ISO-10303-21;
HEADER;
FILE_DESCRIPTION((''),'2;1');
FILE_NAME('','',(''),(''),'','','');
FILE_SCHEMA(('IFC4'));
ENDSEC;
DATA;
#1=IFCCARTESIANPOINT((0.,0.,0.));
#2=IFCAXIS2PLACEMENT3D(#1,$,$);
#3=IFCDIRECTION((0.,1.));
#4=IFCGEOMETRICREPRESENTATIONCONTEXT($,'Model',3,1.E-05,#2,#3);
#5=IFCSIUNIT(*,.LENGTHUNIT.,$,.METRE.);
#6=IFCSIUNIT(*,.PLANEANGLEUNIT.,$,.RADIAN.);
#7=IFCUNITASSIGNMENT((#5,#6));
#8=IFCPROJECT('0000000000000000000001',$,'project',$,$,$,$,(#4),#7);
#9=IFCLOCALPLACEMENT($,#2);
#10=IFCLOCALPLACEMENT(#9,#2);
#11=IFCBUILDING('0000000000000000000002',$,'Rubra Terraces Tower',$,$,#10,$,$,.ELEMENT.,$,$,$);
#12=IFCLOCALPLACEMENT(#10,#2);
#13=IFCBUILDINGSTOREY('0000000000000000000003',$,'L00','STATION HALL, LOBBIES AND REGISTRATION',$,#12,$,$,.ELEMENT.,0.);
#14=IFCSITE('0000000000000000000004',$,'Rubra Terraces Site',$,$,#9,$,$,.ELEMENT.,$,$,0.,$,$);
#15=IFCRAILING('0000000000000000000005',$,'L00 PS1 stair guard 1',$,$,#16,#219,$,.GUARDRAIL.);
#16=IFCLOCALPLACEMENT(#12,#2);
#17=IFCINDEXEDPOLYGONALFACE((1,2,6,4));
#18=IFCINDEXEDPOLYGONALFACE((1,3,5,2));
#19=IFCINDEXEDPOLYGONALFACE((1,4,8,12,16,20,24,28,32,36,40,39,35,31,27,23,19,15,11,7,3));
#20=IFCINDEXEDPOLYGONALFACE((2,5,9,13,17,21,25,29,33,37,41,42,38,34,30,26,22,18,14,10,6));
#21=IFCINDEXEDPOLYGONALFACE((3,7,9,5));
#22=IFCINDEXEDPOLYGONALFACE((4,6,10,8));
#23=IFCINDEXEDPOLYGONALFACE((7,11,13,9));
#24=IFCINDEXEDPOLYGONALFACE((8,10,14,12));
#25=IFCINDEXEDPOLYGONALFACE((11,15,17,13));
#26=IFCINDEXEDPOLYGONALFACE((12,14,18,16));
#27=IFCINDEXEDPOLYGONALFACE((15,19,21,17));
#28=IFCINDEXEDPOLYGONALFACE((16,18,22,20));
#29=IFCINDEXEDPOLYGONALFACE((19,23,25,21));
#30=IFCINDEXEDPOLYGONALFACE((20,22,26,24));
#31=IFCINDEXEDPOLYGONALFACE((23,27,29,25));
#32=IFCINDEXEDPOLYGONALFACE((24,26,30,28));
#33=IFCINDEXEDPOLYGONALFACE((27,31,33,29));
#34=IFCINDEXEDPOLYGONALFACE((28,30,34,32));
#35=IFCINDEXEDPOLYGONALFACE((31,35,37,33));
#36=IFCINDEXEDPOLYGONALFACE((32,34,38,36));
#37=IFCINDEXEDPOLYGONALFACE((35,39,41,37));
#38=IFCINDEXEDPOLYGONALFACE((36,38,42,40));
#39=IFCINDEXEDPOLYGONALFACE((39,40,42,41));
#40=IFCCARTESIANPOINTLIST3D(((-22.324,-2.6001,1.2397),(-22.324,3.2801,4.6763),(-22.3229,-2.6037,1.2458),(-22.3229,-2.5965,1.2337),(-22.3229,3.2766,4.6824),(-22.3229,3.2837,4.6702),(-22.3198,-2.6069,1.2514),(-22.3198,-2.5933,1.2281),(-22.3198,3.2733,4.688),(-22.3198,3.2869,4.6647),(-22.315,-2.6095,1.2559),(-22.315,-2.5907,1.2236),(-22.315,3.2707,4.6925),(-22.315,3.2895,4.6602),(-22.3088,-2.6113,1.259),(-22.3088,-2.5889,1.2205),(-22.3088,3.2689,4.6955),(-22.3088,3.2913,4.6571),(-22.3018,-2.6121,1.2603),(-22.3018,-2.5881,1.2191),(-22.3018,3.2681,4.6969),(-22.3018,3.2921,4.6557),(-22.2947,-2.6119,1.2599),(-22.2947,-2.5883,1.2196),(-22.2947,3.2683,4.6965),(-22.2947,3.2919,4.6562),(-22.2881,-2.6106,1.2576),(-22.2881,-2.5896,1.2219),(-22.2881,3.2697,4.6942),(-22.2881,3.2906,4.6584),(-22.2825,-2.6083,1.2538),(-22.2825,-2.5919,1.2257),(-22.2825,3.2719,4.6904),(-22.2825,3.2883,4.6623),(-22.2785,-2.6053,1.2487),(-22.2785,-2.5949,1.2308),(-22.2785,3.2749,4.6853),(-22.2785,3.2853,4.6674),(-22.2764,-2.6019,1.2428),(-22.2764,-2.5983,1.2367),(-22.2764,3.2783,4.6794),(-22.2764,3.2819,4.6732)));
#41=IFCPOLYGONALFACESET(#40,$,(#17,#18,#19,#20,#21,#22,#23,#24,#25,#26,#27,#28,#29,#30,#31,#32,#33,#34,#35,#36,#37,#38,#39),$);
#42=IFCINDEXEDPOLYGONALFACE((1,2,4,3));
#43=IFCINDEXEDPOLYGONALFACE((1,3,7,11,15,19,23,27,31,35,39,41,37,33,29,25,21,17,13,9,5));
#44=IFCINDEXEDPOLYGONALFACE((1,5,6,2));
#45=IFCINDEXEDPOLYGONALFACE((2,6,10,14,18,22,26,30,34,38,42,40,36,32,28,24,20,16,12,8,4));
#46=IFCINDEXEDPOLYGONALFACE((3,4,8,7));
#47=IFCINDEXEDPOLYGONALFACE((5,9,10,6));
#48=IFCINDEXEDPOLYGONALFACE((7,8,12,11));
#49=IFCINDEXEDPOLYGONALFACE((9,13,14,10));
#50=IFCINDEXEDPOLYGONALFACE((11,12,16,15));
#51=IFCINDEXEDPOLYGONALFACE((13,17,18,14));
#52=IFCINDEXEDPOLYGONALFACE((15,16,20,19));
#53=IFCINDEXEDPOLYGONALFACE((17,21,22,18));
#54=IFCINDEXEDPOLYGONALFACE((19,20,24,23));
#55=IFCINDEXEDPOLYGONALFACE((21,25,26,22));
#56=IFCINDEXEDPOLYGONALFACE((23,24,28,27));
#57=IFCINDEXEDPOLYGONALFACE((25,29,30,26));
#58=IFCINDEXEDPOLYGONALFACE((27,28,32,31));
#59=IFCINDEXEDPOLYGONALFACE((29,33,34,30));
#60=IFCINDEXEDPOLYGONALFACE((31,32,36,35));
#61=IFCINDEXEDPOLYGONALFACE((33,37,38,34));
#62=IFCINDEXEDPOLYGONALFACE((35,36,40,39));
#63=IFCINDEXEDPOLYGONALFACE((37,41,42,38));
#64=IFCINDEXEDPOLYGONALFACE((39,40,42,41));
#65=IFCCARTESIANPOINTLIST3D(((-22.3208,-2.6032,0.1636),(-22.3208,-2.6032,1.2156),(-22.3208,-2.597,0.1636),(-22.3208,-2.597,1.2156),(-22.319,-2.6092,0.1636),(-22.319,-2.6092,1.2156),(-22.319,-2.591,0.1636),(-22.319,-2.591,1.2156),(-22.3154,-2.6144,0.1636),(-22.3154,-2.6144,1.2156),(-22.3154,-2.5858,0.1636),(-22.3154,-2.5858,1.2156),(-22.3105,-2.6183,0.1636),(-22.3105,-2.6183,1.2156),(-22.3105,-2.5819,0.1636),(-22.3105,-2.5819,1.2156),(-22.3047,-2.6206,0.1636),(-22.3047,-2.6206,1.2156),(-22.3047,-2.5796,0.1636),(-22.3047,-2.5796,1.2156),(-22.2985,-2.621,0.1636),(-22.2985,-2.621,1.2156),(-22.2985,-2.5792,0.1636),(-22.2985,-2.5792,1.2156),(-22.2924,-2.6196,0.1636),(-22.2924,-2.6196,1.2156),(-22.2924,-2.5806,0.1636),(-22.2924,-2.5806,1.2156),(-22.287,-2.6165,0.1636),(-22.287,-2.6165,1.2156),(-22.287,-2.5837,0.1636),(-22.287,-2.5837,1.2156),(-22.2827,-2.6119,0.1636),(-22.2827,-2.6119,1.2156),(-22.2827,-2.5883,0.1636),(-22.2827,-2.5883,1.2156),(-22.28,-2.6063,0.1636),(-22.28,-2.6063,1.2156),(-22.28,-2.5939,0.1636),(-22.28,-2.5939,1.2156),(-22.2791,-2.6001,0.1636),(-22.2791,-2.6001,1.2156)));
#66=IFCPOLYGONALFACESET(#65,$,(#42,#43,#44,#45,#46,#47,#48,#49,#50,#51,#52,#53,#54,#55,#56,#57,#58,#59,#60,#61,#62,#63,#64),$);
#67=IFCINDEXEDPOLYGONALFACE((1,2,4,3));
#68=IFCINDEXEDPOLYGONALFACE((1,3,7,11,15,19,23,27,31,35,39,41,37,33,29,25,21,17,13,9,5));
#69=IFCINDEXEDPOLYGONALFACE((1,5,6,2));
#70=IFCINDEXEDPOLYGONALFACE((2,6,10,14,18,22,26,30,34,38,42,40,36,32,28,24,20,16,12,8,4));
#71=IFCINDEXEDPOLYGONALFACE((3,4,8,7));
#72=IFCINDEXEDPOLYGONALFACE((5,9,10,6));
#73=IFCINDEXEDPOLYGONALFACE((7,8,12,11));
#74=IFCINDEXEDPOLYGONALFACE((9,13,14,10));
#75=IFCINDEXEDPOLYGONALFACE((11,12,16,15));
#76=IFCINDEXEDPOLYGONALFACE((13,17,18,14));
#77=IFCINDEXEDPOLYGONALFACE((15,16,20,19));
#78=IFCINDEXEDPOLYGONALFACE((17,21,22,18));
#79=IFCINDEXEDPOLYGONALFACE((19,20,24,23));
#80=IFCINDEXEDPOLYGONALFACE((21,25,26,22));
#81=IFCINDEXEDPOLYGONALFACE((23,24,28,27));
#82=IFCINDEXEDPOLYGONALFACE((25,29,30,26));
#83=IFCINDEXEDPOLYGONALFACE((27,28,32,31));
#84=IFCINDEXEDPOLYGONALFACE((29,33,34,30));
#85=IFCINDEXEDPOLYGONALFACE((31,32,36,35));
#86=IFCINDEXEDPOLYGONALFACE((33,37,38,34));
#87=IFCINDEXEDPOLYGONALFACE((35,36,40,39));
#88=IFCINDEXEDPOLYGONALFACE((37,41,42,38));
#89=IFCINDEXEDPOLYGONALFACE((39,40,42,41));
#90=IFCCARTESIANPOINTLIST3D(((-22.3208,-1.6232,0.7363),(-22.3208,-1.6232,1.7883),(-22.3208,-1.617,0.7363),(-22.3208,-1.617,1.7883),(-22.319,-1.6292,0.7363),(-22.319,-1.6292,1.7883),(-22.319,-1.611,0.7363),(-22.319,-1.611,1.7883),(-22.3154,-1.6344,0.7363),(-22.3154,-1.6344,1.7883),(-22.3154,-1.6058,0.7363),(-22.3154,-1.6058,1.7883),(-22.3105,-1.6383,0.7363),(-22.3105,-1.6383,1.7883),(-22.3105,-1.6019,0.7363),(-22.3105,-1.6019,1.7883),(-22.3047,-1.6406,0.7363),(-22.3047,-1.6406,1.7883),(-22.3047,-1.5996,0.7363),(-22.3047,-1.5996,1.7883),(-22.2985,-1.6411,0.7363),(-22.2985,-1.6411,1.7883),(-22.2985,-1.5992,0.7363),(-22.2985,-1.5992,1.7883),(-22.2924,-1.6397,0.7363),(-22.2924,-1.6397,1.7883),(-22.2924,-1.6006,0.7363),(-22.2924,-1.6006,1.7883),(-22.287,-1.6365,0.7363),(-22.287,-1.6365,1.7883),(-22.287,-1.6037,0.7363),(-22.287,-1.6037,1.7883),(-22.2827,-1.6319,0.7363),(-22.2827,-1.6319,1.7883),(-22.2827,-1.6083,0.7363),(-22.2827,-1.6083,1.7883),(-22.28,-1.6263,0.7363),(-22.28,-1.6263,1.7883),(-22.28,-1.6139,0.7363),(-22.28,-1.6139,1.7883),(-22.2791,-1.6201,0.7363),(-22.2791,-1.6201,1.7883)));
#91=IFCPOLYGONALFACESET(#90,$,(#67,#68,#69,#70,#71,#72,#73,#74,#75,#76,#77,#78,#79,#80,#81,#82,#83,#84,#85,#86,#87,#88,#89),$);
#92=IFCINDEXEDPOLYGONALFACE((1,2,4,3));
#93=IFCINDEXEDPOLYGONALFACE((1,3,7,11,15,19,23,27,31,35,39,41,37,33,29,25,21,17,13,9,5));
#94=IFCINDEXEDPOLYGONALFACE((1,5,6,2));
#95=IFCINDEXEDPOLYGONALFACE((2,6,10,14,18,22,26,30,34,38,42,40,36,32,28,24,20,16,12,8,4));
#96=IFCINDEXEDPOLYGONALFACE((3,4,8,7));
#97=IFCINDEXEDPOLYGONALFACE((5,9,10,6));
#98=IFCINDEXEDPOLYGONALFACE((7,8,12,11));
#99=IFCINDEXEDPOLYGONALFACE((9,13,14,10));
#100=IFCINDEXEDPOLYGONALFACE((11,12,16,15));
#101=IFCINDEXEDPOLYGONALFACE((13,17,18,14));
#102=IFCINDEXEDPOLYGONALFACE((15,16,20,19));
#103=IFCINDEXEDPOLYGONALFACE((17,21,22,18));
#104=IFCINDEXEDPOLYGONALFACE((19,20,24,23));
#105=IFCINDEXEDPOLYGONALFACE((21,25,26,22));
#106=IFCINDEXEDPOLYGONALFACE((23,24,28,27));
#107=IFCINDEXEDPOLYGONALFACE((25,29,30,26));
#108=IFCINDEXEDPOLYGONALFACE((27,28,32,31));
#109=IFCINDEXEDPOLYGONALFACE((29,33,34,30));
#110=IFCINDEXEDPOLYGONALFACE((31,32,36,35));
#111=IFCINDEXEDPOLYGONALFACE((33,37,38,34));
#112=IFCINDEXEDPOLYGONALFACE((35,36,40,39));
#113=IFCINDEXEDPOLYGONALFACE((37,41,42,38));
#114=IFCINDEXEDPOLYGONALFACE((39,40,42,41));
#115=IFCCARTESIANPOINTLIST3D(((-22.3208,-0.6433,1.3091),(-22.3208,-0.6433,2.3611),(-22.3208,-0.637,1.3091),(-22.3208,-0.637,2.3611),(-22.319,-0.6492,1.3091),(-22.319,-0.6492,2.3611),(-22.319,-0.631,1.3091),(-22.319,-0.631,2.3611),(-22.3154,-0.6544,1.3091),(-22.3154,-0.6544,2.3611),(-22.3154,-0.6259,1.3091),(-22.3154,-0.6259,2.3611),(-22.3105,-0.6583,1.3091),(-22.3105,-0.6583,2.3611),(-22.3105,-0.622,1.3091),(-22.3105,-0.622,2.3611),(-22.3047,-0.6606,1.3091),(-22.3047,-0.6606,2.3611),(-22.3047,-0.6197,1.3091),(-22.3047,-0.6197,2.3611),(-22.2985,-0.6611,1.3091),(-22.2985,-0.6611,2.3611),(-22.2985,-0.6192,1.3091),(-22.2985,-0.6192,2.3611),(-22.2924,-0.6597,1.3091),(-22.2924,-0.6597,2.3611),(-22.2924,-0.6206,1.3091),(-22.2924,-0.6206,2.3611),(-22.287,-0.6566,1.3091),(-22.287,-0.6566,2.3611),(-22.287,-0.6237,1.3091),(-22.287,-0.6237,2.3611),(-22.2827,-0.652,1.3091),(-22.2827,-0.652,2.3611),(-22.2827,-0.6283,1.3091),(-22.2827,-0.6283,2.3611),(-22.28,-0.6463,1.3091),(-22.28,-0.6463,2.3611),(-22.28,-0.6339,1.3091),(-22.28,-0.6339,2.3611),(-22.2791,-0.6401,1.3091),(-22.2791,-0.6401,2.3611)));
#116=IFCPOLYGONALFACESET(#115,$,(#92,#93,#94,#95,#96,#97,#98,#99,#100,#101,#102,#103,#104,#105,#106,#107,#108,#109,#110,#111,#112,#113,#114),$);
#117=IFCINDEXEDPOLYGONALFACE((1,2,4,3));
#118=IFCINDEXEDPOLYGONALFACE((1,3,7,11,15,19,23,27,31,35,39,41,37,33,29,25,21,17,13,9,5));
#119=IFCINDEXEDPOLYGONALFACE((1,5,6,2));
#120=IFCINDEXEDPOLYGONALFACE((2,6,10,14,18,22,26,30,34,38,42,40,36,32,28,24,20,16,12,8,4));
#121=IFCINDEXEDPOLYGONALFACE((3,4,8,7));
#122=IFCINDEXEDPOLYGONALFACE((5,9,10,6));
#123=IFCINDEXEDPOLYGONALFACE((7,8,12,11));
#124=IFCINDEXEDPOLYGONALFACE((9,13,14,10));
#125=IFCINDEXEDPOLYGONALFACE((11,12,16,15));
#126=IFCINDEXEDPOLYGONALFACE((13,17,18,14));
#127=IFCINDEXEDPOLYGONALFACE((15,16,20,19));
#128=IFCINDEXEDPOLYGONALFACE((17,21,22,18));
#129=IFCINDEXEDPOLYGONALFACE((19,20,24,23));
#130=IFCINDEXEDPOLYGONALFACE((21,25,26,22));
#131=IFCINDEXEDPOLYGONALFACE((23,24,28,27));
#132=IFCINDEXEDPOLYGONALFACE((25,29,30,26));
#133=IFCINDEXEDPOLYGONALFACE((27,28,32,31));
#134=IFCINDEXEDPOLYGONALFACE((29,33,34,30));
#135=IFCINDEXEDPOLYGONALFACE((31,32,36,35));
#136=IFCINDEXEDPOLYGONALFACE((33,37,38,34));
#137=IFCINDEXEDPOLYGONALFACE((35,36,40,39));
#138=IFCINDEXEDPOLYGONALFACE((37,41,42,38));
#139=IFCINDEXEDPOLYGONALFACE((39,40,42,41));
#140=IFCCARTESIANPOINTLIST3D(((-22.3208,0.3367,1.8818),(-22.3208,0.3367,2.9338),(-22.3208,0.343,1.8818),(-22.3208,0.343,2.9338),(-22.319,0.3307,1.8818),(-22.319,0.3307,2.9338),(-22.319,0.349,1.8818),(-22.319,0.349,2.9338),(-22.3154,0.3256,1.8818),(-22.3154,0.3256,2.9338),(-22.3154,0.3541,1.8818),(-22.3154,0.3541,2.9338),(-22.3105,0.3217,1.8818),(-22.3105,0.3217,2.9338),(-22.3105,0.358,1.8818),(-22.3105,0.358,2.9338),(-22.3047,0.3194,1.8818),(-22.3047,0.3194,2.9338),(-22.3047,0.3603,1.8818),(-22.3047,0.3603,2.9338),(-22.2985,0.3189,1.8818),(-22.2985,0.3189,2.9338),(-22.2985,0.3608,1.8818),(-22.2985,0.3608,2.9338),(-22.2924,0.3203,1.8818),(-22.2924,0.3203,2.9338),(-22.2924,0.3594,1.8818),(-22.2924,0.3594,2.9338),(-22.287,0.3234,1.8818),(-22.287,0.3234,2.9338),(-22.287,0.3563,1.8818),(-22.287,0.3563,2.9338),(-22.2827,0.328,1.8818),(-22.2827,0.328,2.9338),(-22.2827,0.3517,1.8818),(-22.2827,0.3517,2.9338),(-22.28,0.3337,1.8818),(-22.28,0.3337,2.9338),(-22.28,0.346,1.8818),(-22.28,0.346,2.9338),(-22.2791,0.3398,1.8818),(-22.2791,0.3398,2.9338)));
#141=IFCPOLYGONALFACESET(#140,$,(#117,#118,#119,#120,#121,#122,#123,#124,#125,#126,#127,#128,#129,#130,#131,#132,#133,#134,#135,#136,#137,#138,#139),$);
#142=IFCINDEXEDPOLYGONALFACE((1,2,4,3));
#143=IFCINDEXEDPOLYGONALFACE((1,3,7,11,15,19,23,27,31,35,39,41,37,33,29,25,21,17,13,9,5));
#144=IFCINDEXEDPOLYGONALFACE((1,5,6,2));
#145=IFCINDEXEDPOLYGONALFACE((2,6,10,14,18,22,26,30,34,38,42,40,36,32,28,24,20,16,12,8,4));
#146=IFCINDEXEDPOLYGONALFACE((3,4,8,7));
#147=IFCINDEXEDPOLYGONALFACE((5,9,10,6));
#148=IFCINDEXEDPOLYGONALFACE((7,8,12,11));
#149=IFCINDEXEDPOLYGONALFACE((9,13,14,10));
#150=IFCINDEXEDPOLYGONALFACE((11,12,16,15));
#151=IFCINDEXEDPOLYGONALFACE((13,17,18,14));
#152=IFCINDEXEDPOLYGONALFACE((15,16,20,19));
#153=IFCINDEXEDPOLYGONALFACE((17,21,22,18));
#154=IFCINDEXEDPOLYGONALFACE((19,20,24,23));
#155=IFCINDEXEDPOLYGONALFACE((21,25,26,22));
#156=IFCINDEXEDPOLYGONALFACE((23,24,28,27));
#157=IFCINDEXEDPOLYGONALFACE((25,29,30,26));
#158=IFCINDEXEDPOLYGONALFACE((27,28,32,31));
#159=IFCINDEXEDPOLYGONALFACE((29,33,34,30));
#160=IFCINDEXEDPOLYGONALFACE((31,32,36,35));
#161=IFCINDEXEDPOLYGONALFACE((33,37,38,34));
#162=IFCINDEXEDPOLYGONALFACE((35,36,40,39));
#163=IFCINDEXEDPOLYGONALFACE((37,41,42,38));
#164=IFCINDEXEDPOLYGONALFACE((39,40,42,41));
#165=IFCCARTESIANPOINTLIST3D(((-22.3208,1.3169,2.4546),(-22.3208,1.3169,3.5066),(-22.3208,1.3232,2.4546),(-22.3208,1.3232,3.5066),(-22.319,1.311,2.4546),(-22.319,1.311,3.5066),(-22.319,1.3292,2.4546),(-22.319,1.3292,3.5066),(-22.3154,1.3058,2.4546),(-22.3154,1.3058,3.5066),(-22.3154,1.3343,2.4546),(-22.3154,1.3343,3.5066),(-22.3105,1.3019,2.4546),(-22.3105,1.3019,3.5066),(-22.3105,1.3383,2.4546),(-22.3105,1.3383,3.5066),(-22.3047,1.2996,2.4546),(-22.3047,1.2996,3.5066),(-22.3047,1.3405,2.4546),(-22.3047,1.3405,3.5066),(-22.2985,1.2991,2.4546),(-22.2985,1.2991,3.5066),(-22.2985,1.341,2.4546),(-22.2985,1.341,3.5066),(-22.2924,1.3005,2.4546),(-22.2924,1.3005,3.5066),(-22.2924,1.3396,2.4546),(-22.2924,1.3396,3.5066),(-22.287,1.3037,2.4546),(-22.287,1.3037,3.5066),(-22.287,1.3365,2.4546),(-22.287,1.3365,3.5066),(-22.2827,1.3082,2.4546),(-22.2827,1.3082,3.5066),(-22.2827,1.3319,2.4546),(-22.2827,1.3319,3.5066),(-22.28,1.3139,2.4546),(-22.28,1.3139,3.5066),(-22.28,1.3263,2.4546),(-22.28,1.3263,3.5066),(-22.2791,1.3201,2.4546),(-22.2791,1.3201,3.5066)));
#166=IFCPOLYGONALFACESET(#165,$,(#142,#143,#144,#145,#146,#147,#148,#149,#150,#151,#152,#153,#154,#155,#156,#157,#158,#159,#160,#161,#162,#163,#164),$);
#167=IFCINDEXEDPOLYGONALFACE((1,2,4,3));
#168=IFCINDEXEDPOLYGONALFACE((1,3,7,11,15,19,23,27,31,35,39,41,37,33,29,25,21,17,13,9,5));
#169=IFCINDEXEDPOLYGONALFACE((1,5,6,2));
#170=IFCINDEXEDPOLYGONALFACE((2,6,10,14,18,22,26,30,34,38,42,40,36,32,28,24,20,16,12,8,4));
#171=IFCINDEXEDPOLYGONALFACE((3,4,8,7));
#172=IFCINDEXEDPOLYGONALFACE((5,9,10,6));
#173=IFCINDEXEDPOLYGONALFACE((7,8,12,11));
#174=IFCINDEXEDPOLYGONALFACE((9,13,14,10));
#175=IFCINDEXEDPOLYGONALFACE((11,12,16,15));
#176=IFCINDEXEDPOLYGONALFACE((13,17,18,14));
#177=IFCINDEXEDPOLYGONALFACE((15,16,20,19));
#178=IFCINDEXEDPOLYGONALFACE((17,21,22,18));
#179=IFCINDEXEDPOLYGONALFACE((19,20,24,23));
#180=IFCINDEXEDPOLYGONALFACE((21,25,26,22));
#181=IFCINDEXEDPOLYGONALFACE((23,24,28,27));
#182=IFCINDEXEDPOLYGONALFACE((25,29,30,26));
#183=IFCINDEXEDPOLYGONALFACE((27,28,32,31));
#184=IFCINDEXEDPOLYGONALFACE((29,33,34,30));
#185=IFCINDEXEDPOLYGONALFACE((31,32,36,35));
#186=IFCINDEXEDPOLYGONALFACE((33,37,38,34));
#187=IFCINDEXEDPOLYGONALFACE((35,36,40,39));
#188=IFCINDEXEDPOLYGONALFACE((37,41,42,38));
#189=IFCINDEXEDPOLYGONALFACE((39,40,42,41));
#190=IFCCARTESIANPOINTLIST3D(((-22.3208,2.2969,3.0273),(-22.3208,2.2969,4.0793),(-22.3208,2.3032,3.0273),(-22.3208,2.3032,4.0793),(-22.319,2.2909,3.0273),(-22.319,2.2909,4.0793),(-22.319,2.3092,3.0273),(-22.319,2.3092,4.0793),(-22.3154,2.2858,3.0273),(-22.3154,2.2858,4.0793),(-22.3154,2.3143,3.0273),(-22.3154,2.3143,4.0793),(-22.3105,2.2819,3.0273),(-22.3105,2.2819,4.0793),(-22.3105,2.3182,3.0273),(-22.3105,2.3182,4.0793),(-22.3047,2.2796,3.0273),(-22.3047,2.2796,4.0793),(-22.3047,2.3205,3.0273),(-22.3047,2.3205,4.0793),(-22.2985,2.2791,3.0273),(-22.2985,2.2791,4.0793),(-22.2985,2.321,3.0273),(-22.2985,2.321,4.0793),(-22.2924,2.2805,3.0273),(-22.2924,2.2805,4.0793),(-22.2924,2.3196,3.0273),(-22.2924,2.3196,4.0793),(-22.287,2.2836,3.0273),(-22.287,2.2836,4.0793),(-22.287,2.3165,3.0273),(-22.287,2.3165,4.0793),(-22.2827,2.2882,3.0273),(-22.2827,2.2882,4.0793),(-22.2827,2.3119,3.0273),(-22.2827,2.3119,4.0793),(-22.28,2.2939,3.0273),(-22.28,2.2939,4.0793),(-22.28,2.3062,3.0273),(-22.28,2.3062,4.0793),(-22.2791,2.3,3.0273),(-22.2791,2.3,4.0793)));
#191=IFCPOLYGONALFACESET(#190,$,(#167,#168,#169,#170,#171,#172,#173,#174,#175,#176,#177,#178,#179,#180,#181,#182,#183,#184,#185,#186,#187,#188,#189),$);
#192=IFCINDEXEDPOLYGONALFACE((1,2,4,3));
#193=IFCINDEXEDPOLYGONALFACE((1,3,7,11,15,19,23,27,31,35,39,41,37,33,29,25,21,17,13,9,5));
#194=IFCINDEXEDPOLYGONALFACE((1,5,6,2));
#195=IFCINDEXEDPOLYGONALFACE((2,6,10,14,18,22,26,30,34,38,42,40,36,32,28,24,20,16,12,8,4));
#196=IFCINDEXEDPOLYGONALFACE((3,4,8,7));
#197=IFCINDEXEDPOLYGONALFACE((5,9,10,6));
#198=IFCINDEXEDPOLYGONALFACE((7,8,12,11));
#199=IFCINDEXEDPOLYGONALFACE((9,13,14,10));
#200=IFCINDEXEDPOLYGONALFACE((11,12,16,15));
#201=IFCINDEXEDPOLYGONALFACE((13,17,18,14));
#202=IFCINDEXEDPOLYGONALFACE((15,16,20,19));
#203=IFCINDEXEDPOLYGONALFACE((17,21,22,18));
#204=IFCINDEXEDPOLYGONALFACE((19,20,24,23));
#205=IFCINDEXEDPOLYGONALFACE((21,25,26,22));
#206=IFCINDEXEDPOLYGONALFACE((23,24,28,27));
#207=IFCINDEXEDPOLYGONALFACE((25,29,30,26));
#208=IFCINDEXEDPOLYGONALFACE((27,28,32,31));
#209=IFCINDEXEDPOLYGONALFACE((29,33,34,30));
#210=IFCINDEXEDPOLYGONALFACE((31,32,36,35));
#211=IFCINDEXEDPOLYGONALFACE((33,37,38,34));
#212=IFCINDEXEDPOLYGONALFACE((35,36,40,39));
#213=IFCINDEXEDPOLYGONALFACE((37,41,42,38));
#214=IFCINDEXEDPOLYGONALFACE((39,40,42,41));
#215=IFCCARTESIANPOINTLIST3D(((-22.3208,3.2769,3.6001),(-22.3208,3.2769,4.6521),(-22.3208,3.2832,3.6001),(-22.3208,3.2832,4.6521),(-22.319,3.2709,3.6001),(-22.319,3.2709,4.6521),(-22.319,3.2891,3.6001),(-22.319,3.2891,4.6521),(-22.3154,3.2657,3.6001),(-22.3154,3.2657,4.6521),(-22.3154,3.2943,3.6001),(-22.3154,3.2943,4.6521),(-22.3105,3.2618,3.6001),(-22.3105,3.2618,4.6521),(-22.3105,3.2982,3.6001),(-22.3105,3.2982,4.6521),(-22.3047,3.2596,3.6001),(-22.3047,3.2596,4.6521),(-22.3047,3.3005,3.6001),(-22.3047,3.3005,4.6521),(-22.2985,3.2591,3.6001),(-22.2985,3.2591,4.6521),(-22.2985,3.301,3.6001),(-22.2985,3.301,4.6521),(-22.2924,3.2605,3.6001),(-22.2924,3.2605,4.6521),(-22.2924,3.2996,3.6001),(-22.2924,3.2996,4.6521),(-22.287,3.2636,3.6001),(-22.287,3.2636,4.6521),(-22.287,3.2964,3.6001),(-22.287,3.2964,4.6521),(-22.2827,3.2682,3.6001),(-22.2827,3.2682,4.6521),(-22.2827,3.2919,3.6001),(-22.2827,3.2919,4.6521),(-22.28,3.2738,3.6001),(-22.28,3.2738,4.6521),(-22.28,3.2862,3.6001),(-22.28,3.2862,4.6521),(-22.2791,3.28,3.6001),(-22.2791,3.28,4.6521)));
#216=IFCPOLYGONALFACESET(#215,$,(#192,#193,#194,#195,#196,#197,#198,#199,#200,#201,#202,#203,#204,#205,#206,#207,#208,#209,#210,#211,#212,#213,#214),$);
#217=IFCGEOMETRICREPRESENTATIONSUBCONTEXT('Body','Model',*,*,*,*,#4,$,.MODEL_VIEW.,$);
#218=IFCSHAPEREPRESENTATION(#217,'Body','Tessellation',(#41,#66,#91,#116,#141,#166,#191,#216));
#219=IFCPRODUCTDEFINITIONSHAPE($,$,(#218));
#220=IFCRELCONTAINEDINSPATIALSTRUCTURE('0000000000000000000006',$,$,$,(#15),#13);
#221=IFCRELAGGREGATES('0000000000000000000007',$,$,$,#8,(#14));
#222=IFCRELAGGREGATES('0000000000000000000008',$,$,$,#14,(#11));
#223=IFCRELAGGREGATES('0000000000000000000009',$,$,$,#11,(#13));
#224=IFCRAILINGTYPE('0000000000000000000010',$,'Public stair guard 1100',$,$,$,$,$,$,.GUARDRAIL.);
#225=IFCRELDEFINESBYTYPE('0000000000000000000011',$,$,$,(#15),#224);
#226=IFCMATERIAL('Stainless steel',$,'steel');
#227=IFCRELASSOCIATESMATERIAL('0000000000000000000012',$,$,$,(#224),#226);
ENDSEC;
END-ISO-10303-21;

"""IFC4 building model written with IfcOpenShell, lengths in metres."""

from ifc_helpers import new_model, si_unit, direction, frame, origin, origin_2d, place, context, subcontext, project, spatial, circle, extrude, material, type_object, element, save


model = new_model("IFC4")

# Units and contexts
model_context = context("Model", 3, precision=1e-05, world=origin(), true_north=direction((0.0, 1.0)))
body_context = subcontext(model_context, "Body", "Model", "MODEL_VIEW")
ifc_project = project(units=[si_unit("LENGTHUNIT", "METRE"), si_unit("PLANEANGLEUNIT", "RADIAN")], contexts=[model_context])

# Site, building, storey
site_placement = place(None, origin())
site = spatial("IfcSite", under=ifc_project, at=site_placement, Name="Rubra Terraces Site", CompositionType="ELEMENT", RefElevation=0.0)
building_placement = place(site_placement, origin())
building = spatial("IfcBuilding", under=site, at=building_placement, Name="Rubra Terraces Tower", CompositionType="ELEMENT")
storey_placement = place(building_placement, origin())
storey = spatial("IfcBuildingStorey", under=building, at=storey_placement, Name="L00", Description="STATION HALL, LOBBIES AND REGISTRATION", CompositionType="ELEMENT", Elevation=0.0)

# Railing
ifc_material_1 = material(Name="Stainless steel", Category="steel")
railing_type_1 = type_object("IfcRailingType", Name="Public stair guard 1100", PredefinedType="GUARDRAIL", material=ifc_material_1)
railing_1_placement = place(storey_placement, frame((-22.3, -2.6001, 0.1636)))
element("IfcRailing", 1, at=railing_1_placement, inside=storey, type_object=railing_type_1, Name="L00 PS1 stair guard 1", PredefinedType="GUARDRAIL", context=body_context, shape_type="SweptSolid", body=[
    extrude(circle(Radius=0.0239, at=origin_2d()), frame((0.0, 0.0, 1.0762), z_axis=(0.0, 0.863366, 0.504577), x_axis=(-1.0, 0.0, 0.0)), (0.0, 0.0, 1.0), 6.8108),
    extrude(circle(Radius=0.021, at=origin_2d()), origin(), (0.0, 0.0, 1.0), 1.052),
    extrude(circle(Radius=0.021, at=origin_2d()), frame((0.0, 0.98, 0.5728)), (0.0, 0.0, 1.0), 1.052),
    extrude(circle(Radius=0.021, at=origin_2d()), frame((0.0, 1.96, 1.1455)), (0.0, 0.0, 1.0), 1.052),
    extrude(circle(Radius=0.021, at=origin_2d()), frame((0.0, 2.9399, 1.7183)), (0.0, 0.0, 1.0), 1.052),
    extrude(circle(Radius=0.021, at=origin_2d()), frame((0.0, 3.9202, 2.291)), (0.0, 0.0, 1.0), 1.052),
    extrude(circle(Radius=0.021, at=origin_2d()), frame((0.0, 4.9001, 2.8638)), (0.0, 0.0, 1.0), 1.052),
    extrude(circle(Radius=0.021, at=origin_2d()), frame((0.0, 5.8801, 3.4365)), (0.0, 0.0, 1.0), 1.052),
])

save(model, "model.ifc")
